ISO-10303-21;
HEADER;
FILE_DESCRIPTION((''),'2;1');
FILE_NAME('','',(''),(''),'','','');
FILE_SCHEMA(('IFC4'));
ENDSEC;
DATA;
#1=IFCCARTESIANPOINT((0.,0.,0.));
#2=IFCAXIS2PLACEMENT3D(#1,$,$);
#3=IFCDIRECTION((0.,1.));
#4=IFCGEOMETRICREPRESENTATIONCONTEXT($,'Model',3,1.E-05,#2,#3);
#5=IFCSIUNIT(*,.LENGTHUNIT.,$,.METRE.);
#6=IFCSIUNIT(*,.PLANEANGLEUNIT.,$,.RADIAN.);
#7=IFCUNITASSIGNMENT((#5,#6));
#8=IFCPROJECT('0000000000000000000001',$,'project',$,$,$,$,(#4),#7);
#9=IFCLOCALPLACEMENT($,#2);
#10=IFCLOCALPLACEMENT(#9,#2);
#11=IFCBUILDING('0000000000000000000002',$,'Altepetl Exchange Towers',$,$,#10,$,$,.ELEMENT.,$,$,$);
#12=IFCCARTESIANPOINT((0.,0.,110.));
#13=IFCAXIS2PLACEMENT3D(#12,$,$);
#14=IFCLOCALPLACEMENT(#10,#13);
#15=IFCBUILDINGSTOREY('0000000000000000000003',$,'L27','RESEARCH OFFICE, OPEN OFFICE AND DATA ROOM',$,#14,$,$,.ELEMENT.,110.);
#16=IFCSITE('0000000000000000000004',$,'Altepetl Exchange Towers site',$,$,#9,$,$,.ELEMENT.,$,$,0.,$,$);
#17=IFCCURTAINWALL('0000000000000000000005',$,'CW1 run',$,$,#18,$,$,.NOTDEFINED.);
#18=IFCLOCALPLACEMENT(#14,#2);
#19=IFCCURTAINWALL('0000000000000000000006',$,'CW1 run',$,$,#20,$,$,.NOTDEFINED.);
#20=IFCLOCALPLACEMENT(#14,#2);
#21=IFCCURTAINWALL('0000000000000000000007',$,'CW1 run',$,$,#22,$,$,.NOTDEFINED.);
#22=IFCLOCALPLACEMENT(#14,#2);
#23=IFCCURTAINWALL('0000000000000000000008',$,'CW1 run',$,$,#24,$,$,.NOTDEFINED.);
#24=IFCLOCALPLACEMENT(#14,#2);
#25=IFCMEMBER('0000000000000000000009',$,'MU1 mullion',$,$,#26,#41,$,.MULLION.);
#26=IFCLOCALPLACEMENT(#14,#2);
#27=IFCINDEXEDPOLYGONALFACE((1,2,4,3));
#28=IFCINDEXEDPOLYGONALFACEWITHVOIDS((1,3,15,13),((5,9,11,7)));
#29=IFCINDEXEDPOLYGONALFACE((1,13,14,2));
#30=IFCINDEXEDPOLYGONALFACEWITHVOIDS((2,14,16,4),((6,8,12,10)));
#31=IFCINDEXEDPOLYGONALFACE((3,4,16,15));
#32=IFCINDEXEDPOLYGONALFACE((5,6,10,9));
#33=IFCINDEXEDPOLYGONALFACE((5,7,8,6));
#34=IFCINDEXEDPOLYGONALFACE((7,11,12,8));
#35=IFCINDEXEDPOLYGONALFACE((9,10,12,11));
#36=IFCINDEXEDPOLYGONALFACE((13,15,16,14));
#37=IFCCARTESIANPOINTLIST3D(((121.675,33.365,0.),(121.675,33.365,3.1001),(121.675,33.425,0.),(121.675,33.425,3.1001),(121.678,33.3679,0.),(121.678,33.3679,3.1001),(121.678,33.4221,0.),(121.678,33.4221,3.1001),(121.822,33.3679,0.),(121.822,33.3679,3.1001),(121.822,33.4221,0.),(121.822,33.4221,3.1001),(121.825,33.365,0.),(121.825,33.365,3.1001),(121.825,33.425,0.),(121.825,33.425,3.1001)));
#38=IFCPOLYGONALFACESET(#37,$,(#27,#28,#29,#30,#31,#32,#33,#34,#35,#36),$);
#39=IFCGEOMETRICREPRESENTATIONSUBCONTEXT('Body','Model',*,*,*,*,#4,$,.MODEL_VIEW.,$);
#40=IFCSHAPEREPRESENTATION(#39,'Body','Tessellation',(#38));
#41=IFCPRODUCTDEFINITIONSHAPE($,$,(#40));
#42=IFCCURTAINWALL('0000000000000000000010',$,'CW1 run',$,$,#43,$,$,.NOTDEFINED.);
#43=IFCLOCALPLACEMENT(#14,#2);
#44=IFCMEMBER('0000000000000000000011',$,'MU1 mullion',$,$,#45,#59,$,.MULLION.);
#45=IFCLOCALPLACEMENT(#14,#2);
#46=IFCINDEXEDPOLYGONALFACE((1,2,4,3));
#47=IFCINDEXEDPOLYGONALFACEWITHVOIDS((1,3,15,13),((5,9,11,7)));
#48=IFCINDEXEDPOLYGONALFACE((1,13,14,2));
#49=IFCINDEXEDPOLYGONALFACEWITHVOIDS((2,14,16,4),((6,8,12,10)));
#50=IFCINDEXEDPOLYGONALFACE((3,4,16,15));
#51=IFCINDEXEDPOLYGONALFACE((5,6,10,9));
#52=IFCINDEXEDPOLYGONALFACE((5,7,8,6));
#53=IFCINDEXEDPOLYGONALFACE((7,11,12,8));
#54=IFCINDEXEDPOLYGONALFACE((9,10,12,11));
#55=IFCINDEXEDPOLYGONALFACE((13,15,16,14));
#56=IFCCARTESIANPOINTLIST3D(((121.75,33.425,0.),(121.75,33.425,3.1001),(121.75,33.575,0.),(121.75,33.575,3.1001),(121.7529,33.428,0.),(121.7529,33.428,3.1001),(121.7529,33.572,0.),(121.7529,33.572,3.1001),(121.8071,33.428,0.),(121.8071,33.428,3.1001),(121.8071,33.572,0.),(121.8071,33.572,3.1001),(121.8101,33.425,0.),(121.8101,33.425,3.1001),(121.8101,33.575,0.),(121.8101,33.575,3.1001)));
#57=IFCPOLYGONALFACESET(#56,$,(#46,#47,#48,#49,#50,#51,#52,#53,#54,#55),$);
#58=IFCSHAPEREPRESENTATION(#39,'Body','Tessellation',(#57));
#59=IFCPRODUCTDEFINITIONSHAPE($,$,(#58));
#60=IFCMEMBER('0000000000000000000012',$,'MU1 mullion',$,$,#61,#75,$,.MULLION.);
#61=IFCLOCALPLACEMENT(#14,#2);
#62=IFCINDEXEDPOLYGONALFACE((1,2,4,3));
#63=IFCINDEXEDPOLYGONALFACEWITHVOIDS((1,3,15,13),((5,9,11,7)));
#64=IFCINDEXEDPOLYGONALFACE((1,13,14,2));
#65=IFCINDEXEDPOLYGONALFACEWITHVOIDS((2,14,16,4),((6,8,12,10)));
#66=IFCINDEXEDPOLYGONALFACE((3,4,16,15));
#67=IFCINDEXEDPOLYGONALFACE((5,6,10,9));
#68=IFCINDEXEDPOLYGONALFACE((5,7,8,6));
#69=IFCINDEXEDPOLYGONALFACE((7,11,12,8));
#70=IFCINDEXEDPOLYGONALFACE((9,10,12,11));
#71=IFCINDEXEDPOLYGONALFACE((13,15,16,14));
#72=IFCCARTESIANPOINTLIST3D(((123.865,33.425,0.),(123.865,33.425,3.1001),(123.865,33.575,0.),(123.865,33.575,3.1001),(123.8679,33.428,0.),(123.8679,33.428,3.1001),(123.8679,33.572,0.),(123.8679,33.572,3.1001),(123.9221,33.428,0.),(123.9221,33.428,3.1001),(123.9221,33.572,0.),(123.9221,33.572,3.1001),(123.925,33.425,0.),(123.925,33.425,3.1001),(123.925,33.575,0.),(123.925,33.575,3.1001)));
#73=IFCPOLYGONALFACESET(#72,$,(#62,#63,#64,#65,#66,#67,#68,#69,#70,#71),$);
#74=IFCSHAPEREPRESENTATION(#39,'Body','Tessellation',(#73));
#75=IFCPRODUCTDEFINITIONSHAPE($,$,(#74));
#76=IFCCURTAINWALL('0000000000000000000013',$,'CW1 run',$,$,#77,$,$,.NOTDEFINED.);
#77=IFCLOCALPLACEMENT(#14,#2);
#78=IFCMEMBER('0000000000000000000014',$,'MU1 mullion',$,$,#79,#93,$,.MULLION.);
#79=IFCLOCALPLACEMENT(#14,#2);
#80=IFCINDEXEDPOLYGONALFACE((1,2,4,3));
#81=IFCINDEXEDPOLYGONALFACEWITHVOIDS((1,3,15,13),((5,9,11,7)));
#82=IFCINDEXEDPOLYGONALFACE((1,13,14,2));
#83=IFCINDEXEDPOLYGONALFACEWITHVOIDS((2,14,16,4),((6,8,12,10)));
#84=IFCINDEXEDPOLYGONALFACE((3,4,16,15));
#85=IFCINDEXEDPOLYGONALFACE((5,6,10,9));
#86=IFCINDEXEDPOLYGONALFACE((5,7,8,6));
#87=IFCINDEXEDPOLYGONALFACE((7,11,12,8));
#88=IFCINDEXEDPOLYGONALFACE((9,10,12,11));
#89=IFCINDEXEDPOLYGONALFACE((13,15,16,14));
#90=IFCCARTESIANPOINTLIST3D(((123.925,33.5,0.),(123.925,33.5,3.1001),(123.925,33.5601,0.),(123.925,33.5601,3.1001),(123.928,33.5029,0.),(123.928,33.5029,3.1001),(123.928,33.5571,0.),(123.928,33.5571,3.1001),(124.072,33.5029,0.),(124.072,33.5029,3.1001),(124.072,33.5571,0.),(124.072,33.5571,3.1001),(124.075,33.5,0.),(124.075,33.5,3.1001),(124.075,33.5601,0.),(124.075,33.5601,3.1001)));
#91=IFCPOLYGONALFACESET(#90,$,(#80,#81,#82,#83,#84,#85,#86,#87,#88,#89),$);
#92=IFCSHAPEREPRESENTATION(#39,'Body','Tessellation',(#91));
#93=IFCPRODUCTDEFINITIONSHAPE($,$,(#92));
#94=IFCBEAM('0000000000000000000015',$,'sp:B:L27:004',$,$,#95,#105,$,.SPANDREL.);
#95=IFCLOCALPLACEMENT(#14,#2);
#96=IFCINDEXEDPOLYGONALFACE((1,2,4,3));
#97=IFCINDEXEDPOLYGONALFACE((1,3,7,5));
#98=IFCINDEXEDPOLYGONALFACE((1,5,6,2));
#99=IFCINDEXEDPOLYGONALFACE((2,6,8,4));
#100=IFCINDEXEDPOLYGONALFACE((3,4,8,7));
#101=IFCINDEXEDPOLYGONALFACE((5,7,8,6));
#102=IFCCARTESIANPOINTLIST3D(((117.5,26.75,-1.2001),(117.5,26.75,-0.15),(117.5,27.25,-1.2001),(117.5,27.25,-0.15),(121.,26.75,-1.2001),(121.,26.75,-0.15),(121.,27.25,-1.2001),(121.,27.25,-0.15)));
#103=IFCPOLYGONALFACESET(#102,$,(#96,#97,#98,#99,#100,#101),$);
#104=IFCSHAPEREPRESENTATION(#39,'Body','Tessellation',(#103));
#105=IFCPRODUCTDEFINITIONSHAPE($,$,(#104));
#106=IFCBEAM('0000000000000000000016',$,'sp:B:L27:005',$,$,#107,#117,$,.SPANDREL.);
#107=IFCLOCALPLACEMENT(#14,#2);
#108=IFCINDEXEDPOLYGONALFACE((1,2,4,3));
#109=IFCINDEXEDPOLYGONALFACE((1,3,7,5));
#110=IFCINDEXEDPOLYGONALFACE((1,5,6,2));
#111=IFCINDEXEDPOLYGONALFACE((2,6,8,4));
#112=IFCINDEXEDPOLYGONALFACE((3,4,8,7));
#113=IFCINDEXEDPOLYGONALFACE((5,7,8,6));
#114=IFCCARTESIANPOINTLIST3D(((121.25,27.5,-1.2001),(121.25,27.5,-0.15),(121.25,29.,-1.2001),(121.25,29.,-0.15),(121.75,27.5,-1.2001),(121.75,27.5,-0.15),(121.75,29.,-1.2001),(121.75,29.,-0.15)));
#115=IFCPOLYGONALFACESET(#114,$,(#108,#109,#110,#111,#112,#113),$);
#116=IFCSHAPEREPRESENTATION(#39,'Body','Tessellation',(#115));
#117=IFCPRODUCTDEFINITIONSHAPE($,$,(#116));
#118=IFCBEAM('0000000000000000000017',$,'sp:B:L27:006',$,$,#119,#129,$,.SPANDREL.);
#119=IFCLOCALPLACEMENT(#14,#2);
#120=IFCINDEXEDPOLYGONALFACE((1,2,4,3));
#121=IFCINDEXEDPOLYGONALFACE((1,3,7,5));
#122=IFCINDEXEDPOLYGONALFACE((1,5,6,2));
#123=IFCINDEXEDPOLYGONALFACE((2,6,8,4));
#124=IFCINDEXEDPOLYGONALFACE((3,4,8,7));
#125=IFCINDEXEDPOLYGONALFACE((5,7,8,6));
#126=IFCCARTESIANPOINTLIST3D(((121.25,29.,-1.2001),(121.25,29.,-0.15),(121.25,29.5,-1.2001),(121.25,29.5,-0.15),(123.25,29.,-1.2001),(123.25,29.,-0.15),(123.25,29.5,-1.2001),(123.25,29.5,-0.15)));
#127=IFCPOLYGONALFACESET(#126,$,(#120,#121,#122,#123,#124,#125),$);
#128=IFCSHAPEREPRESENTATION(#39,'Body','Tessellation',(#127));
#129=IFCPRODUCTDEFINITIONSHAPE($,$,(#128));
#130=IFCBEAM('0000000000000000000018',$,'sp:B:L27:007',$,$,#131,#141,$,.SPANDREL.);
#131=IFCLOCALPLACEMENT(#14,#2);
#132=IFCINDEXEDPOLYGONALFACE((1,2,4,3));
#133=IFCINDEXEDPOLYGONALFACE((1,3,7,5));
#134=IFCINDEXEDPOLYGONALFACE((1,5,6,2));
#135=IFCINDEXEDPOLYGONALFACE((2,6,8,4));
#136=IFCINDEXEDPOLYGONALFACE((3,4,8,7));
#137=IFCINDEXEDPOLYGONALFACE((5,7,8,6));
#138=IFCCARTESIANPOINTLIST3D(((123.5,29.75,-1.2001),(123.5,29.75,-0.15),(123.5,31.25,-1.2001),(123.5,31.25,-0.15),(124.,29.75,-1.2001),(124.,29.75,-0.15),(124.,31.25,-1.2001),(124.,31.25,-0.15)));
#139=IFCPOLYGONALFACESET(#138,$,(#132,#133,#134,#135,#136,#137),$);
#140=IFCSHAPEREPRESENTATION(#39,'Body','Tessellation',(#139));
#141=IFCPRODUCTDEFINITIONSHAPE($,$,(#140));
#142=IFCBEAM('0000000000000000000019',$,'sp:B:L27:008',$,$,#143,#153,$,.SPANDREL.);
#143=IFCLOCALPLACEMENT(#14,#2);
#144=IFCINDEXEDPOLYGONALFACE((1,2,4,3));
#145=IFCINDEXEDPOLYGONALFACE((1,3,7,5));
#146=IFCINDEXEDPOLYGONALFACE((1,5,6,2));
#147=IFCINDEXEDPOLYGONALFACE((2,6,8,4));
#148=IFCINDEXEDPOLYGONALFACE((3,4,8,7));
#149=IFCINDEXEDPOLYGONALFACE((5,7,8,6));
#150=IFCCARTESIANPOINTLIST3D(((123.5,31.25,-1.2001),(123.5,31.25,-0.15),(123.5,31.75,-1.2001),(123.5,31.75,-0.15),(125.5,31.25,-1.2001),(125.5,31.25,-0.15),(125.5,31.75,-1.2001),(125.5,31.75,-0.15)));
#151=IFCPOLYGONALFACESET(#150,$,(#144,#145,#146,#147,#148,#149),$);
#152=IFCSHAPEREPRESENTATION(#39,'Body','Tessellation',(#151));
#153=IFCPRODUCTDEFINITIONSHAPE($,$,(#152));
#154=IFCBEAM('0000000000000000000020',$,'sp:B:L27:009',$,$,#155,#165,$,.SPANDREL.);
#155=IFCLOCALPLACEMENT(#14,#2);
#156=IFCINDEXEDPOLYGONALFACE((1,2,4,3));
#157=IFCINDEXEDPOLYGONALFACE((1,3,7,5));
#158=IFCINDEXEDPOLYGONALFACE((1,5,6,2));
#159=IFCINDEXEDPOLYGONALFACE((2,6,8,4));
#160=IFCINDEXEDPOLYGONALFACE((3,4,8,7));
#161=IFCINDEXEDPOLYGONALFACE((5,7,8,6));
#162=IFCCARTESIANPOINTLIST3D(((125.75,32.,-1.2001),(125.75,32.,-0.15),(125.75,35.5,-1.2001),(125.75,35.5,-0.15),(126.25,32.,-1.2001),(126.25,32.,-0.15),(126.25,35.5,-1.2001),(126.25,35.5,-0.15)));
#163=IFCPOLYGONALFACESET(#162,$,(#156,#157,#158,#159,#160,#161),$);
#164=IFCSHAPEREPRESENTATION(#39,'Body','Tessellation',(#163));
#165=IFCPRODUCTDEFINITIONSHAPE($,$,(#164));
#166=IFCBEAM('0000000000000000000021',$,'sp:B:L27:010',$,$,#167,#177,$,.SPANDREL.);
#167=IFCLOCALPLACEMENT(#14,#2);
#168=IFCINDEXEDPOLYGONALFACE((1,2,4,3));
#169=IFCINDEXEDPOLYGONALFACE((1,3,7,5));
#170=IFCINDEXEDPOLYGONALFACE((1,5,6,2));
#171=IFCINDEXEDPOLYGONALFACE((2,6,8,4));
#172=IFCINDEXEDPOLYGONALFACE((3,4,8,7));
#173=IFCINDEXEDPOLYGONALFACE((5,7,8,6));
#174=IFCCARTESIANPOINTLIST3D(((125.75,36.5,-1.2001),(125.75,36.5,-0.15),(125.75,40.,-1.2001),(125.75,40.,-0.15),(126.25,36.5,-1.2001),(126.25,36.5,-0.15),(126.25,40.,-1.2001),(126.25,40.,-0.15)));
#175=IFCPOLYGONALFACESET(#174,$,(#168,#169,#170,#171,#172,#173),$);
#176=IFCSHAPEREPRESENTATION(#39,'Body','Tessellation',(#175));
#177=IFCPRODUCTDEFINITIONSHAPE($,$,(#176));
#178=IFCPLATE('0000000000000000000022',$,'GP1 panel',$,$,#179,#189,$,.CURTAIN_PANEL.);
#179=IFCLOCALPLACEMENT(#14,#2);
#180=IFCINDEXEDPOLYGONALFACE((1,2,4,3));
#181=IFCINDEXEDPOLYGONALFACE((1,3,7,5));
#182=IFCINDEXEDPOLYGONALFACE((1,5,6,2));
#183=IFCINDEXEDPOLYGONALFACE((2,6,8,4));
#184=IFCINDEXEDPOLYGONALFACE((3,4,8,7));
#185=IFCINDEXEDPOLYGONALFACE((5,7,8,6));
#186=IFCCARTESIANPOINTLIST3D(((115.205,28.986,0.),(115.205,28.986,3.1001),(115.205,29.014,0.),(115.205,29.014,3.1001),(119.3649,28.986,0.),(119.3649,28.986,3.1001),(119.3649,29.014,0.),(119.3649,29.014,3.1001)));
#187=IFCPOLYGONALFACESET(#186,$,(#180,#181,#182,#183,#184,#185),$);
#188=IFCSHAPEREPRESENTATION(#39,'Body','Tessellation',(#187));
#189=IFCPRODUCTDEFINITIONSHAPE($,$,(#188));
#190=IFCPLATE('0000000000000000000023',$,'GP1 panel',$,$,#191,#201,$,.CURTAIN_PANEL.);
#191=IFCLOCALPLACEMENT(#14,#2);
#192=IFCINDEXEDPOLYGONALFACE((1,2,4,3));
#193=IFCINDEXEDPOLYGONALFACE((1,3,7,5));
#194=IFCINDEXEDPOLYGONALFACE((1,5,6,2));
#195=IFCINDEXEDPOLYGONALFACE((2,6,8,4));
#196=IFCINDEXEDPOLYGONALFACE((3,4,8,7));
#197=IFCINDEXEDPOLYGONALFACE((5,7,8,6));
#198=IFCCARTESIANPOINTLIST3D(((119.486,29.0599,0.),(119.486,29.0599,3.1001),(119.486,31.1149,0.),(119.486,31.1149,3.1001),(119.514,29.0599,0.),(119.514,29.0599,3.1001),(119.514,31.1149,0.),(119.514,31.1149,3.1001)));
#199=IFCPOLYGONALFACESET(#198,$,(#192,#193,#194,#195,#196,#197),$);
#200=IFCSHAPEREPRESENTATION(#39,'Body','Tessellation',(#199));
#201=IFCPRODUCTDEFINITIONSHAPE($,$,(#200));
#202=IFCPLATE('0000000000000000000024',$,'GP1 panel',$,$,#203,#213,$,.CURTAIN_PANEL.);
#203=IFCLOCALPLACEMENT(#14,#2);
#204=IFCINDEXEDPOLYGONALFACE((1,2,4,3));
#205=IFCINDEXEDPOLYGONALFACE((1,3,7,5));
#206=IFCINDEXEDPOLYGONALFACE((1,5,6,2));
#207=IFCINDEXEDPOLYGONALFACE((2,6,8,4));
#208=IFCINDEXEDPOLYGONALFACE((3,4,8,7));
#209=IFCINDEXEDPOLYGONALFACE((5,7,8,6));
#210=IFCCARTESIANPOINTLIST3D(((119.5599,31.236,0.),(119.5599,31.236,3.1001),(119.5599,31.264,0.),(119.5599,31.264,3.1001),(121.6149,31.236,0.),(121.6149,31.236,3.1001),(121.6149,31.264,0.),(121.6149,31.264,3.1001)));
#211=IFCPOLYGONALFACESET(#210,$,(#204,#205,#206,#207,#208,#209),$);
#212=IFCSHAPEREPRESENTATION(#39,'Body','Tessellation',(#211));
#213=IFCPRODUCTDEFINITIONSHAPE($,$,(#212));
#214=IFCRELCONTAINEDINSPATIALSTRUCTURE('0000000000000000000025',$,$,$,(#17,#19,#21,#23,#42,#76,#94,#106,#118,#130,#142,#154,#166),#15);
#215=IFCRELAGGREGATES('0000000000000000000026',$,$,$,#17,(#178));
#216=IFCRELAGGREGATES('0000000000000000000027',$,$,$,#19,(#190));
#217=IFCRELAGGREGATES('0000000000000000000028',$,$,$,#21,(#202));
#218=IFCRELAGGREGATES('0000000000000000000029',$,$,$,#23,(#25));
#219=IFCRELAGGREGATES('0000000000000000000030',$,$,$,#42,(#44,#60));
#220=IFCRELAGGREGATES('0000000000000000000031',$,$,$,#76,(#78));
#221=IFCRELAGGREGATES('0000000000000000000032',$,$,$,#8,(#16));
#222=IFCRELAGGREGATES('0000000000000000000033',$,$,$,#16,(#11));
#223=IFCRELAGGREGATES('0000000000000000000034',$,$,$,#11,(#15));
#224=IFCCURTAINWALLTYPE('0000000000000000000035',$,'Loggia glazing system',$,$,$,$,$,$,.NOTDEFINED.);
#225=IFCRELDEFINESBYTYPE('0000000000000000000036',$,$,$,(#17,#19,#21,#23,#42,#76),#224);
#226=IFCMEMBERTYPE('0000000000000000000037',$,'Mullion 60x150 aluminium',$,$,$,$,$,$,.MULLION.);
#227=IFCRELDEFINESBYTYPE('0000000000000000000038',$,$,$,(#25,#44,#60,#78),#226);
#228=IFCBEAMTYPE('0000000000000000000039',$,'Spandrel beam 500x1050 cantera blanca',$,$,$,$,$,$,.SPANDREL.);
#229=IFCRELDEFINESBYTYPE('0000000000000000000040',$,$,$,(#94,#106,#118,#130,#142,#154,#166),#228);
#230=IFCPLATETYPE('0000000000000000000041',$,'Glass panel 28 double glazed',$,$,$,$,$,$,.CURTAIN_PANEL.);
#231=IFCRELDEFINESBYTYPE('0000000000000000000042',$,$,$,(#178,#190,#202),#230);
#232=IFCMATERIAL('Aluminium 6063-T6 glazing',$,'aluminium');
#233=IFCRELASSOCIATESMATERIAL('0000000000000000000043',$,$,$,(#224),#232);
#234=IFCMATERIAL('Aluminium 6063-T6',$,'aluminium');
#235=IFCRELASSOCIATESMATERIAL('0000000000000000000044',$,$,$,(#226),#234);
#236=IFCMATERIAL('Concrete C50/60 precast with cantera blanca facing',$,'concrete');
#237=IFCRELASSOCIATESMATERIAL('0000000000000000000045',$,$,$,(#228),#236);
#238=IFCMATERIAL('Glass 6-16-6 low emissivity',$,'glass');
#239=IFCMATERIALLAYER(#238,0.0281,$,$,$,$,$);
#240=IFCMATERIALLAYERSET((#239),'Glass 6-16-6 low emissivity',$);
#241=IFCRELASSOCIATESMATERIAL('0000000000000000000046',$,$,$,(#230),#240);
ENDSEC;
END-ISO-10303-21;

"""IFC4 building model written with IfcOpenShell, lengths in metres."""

from ifc_helpers import new_model, si_unit, direction, frame, origin, origin_2d, place, context, subcontext, project, spatial, rectangle, hollow_rectangle, extrude, material, layer, layer_set, material_profile, profile_set, type_object, element, aggregate, save


model = new_model("IFC4")

# Units and contexts
model_context = context("Model", 3, precision=1e-05, world=origin(), true_north=direction((0.0, 1.0)))
body_context = subcontext(model_context, "Body", "Model", "MODEL_VIEW")
ifc_project = project(units=[si_unit("LENGTHUNIT", "METRE"), si_unit("PLANEANGLEUNIT", "RADIAN")], contexts=[model_context])

# Site, building, storey
site_placement = place(None, origin())
site = spatial("IfcSite", under=ifc_project, at=site_placement, Name="Altepetl Exchange Towers site", CompositionType="ELEMENT", RefElevation=0.0)
building_placement = place(site_placement, origin())
building = spatial("IfcBuilding", under=site, at=building_placement, Name="Altepetl Exchange Towers", CompositionType="ELEMENT")
storey_placement = place(building_placement, frame((0.0, 0.0, 110.0)))
storey = spatial("IfcBuildingStorey", under=building, at=storey_placement, Name="L27", Description="RESEARCH OFFICE, OPEN OFFICE AND DATA ROOM", CompositionType="ELEMENT", Elevation=110.0)

# Curtain wall
ifc_material_1 = material(Name="Aluminium 6063-T6 glazing", Category="aluminium")
curtain_wall_type = type_object("IfcCurtainWallType", Name="Loggia glazing system", PredefinedType="NOTDEFINED", material=ifc_material_1)
curtain_wall_1_placement = place(storey_placement, origin())
curtain_wall_1 = element("IfcCurtainWall", 1, at=curtain_wall_1_placement, inside=storey, type_object=curtain_wall_type, Name="CW1 run", PredefinedType="NOTDEFINED")
ifc_material_2 = material(Name="Aluminium 6063-T6", Category="aluminium")
ifc_material_profile_1 = material_profile(ifc_material_2, hollow_rectangle(XDim=0.0601, YDim=0.1499, WallThickness=0.0029, at=origin_2d()), Name="Mullion 60x150 aluminium")
ifc_profile_set_1 = profile_set([ifc_material_profile_1], Name="Aluminium 6063-T6")
member_type = type_object("IfcMemberType", Name="Mullion 60x150 aluminium", PredefinedType="MULLION", material=ifc_profile_set_1)

# Curtain walls, members
curtain_wall_2_placement = place(storey_placement, origin())
curtain_wall_2 = element("IfcCurtainWall", 2, at=curtain_wall_2_placement, inside=storey, type_object=curtain_wall_type, Name="CW1 run", PredefinedType="NOTDEFINED")
curtain_wall_3_placement = place(storey_placement, origin())
curtain_wall_3 = element("IfcCurtainWall", 3, at=curtain_wall_3_placement, inside=storey, type_object=curtain_wall_type, Name="CW1 run", PredefinedType="NOTDEFINED")
curtain_wall_4_placement = place(storey_placement, origin())
curtain_wall_4 = element("IfcCurtainWall", 4, at=curtain_wall_4_placement, inside=storey, type_object=curtain_wall_type, Name="CW1 run", PredefinedType="NOTDEFINED")
member_1_placement = place(storey_placement, frame((121.75, 33.395, 0.0), z_axis=(0.0, 0.0, 1.0), x_axis=(0.0, 1.0, 0.0)))
member_1 = element("IfcMember", 5, at=member_1_placement, type_object=member_type, Name="MU1 mullion", PredefinedType="MULLION", context=body_context, shape_type="SweptSolid", body=[
    extrude(hollow_rectangle(XDim=0.0601, YDim=0.1499, WallThickness=0.0029, at=origin_2d()), origin(), (0.0, 0.0, 1.0), 3.1001),
])
curtain_wall_5_placement = place(storey_placement, origin())
curtain_wall_5 = element("IfcCurtainWall", 6, at=curtain_wall_5_placement, inside=storey, type_object=curtain_wall_type, Name="CW1 run", PredefinedType="NOTDEFINED")
member_2_placement = place(storey_placement, frame((121.78, 33.5, 0.0)))
member_2 = element("IfcMember", 7, at=member_2_placement, type_object=member_type, Name="MU1 mullion", PredefinedType="MULLION", context=body_context, shape_type="SweptSolid", body=[
    extrude(hollow_rectangle(XDim=0.0601, YDim=0.1499, WallThickness=0.0029, at=origin_2d()), origin(), (0.0, 0.0, 1.0), 3.1001),
])
member_3_placement = place(storey_placement, frame((123.895, 33.5, 0.0)))
member_3 = element("IfcMember", 8, at=member_3_placement, type_object=member_type, Name="MU1 mullion", PredefinedType="MULLION", context=body_context, shape_type="SweptSolid", body=[
    extrude(hollow_rectangle(XDim=0.0601, YDim=0.1499, WallThickness=0.0029, at=origin_2d()), origin(), (0.0, 0.0, 1.0), 3.1001),
])

# Curtain wall, member
curtain_wall_6_placement = place(storey_placement, origin())
curtain_wall_6 = element("IfcCurtainWall", 9, at=curtain_wall_6_placement, inside=storey, type_object=curtain_wall_type, Name="CW1 run", PredefinedType="NOTDEFINED")
member_4_placement = place(storey_placement, frame((124.0, 33.53, 0.0), z_axis=(0.0, 0.0, 1.0), x_axis=(0.0, 1.0, 0.0)))
member_4 = element("IfcMember", 10, at=member_4_placement, type_object=member_type, Name="MU1 mullion", PredefinedType="MULLION", context=body_context, shape_type="SweptSolid", body=[
    extrude(hollow_rectangle(XDim=0.0601, YDim=0.1499, WallThickness=0.0029, at=origin_2d()), origin(), (0.0, 0.0, 1.0), 3.1001),
])

# Beams
ifc_material_3 = material(Name="Concrete C50/60 precast with cantera blanca facing", Category="concrete")
ifc_material_profile_2 = material_profile(ifc_material_3, rectangle(XDim=0.5, YDim=1.05, at=origin_2d()), Name="500 x 1050")
ifc_profile_set_2 = profile_set([ifc_material_profile_2], Name="Concrete C50/60 precast with cantera blanca facing")
beam_type_1 = type_object("IfcBeamType", Name="Spandrel beam 500x1050 cantera blanca", PredefinedType="SPANDREL", material=ifc_profile_set_2)
beam_1_placement = place(storey_placement, frame((117.5, 27.0, -0.675), z_axis=(1.0, 0.0, 0.0), x_axis=(0.0, 1.0, 0.0)))
element("IfcBeam", 11, at=beam_1_placement, inside=storey, type_object=beam_type_1, Name="sp:B:L27:004", PredefinedType="SPANDREL", context=body_context, shape_type="SweptSolid", body=[
    extrude(rectangle(XDim=0.5, YDim=1.05, at=origin_2d()), origin(), (0.0, 0.0, 1.0), 3.5),
])
beam_2_placement = place(storey_placement, frame((121.5, 27.5, -0.675), z_axis=(0.0, 1.0, 0.0), x_axis=(-1.0, 0.0, 0.0)))
element("IfcBeam", 12, at=beam_2_placement, inside=storey, type_object=beam_type_1, Name="sp:B:L27:005", PredefinedType="SPANDREL", context=body_context, shape_type="SweptSolid", body=[
    extrude(rectangle(XDim=0.5, YDim=1.05, at=origin_2d()), origin(), (0.0, 0.0, 1.0), 1.5),
])
beam_3_placement = place(storey_placement, frame((121.25, 29.25, -0.675), z_axis=(1.0, 0.0, 0.0), x_axis=(0.0, 1.0, 0.0)))
element("IfcBeam", 13, at=beam_3_placement, inside=storey, type_object=beam_type_1, Name="sp:B:L27:006", PredefinedType="SPANDREL", context=body_context, shape_type="SweptSolid", body=[
    extrude(rectangle(XDim=0.5, YDim=1.05, at=origin_2d()), origin(), (0.0, 0.0, 1.0), 2.0),
])
beam_4_placement = place(storey_placement, frame((123.75, 29.75, -0.675), z_axis=(0.0, 1.0, 0.0), x_axis=(-1.0, 0.0, 0.0)))
element("IfcBeam", 14, at=beam_4_placement, inside=storey, type_object=beam_type_1, Name="sp:B:L27:007", PredefinedType="SPANDREL", context=body_context, shape_type="SweptSolid", body=[
    extrude(rectangle(XDim=0.5, YDim=1.05, at=origin_2d()), origin(), (0.0, 0.0, 1.0), 1.5),
])
beam_5_placement = place(storey_placement, frame((123.5, 31.5, -0.675), z_axis=(1.0, 0.0, 0.0), x_axis=(0.0, 1.0, 0.0)))
element("IfcBeam", 15, at=beam_5_placement, inside=storey, type_object=beam_type_1, Name="sp:B:L27:008", PredefinedType="SPANDREL", context=body_context, shape_type="SweptSolid", body=[
    extrude(rectangle(XDim=0.5, YDim=1.05, at=origin_2d()), origin(), (0.0, 0.0, 1.0), 2.0),
])
for number, where, z_axis, x_axis, name in (
    (16, (126.0, 32.0, -0.675), (0.0, 1.0, 0.0), (-1.0, 0.0, 0.0), "sp:B:L27:009"),
    (17, (126.0, 36.5, -0.675), (0.0, 1.0, 0.0), (-1.0, 0.0, 0.0), "sp:B:L27:010"),
):
    element("IfcBeam", number, at=place(storey_placement, frame(where, z_axis=z_axis, x_axis=x_axis)), inside=storey, type_object=beam_type_1, Name=name, PredefinedType="SPANDREL", context=body_context, shape_type="SweptSolid", body=[
        extrude(rectangle(XDim=0.5, YDim=1.05, at=origin_2d()), origin(), (0.0, 0.0, 1.0), 3.5),
    ])

# Plates
ifc_material_4 = material(Name="Glass 6-16-6 low emissivity", Category="glass")
ifc_layer_1 = layer(ifc_material_4, 0.0281)
ifc_layer_set_1 = layer_set([ifc_layer_1], Name="Glass 6-16-6 low emissivity")
plate_type = type_object("IfcPlateType", Name="Glass panel 28 double glazed", PredefinedType="CURTAIN_PANEL", material=ifc_layer_set_1)
plate_1_placement = place(storey_placement, frame((117.2849, 29.0, 0.0)))
plate_1 = element("IfcPlate", 18, at=plate_1_placement, type_object=plate_type, Name="GP1 panel", PredefinedType="CURTAIN_PANEL", context=body_context, shape_type="SweptSolid", body=[
    extrude(rectangle(XDim=4.1599, YDim=0.0281, at=origin_2d()), origin(), (0.0, 0.0, 1.0), 3.1001),
])
aggregate(curtain_wall_1, [plate_1])
plate_2_placement = place(storey_placement, frame((119.5, 30.0874, 0.0), z_axis=(0.0, 0.0, 1.0), x_axis=(0.0, 1.0, 0.0)))
plate_2 = element("IfcPlate", 19, at=plate_2_placement, type_object=plate_type, Name="GP1 panel", PredefinedType="CURTAIN_PANEL", context=body_context, shape_type="SweptSolid", body=[
    extrude(rectangle(XDim=2.0549, YDim=0.0281, at=origin_2d()), origin(), (0.0, 0.0, 1.0), 3.1001),
])
aggregate(curtain_wall_2, [plate_2])
plate_3_placement = place(storey_placement, frame((120.5874, 31.25, 0.0)))
plate_3 = element("IfcPlate", 20, at=plate_3_placement, type_object=plate_type, Name="GP1 panel", PredefinedType="CURTAIN_PANEL", context=body_context, shape_type="SweptSolid", body=[
    extrude(rectangle(XDim=2.0549, YDim=0.0281, at=origin_2d()), origin(), (0.0, 0.0, 1.0), 3.1001),
])
aggregate(curtain_wall_3, [plate_3])
aggregate(curtain_wall_4, [member_1])
aggregate(curtain_wall_5, [member_2, member_3])
aggregate(curtain_wall_6, [member_4])

save(model, "model.ifc")
